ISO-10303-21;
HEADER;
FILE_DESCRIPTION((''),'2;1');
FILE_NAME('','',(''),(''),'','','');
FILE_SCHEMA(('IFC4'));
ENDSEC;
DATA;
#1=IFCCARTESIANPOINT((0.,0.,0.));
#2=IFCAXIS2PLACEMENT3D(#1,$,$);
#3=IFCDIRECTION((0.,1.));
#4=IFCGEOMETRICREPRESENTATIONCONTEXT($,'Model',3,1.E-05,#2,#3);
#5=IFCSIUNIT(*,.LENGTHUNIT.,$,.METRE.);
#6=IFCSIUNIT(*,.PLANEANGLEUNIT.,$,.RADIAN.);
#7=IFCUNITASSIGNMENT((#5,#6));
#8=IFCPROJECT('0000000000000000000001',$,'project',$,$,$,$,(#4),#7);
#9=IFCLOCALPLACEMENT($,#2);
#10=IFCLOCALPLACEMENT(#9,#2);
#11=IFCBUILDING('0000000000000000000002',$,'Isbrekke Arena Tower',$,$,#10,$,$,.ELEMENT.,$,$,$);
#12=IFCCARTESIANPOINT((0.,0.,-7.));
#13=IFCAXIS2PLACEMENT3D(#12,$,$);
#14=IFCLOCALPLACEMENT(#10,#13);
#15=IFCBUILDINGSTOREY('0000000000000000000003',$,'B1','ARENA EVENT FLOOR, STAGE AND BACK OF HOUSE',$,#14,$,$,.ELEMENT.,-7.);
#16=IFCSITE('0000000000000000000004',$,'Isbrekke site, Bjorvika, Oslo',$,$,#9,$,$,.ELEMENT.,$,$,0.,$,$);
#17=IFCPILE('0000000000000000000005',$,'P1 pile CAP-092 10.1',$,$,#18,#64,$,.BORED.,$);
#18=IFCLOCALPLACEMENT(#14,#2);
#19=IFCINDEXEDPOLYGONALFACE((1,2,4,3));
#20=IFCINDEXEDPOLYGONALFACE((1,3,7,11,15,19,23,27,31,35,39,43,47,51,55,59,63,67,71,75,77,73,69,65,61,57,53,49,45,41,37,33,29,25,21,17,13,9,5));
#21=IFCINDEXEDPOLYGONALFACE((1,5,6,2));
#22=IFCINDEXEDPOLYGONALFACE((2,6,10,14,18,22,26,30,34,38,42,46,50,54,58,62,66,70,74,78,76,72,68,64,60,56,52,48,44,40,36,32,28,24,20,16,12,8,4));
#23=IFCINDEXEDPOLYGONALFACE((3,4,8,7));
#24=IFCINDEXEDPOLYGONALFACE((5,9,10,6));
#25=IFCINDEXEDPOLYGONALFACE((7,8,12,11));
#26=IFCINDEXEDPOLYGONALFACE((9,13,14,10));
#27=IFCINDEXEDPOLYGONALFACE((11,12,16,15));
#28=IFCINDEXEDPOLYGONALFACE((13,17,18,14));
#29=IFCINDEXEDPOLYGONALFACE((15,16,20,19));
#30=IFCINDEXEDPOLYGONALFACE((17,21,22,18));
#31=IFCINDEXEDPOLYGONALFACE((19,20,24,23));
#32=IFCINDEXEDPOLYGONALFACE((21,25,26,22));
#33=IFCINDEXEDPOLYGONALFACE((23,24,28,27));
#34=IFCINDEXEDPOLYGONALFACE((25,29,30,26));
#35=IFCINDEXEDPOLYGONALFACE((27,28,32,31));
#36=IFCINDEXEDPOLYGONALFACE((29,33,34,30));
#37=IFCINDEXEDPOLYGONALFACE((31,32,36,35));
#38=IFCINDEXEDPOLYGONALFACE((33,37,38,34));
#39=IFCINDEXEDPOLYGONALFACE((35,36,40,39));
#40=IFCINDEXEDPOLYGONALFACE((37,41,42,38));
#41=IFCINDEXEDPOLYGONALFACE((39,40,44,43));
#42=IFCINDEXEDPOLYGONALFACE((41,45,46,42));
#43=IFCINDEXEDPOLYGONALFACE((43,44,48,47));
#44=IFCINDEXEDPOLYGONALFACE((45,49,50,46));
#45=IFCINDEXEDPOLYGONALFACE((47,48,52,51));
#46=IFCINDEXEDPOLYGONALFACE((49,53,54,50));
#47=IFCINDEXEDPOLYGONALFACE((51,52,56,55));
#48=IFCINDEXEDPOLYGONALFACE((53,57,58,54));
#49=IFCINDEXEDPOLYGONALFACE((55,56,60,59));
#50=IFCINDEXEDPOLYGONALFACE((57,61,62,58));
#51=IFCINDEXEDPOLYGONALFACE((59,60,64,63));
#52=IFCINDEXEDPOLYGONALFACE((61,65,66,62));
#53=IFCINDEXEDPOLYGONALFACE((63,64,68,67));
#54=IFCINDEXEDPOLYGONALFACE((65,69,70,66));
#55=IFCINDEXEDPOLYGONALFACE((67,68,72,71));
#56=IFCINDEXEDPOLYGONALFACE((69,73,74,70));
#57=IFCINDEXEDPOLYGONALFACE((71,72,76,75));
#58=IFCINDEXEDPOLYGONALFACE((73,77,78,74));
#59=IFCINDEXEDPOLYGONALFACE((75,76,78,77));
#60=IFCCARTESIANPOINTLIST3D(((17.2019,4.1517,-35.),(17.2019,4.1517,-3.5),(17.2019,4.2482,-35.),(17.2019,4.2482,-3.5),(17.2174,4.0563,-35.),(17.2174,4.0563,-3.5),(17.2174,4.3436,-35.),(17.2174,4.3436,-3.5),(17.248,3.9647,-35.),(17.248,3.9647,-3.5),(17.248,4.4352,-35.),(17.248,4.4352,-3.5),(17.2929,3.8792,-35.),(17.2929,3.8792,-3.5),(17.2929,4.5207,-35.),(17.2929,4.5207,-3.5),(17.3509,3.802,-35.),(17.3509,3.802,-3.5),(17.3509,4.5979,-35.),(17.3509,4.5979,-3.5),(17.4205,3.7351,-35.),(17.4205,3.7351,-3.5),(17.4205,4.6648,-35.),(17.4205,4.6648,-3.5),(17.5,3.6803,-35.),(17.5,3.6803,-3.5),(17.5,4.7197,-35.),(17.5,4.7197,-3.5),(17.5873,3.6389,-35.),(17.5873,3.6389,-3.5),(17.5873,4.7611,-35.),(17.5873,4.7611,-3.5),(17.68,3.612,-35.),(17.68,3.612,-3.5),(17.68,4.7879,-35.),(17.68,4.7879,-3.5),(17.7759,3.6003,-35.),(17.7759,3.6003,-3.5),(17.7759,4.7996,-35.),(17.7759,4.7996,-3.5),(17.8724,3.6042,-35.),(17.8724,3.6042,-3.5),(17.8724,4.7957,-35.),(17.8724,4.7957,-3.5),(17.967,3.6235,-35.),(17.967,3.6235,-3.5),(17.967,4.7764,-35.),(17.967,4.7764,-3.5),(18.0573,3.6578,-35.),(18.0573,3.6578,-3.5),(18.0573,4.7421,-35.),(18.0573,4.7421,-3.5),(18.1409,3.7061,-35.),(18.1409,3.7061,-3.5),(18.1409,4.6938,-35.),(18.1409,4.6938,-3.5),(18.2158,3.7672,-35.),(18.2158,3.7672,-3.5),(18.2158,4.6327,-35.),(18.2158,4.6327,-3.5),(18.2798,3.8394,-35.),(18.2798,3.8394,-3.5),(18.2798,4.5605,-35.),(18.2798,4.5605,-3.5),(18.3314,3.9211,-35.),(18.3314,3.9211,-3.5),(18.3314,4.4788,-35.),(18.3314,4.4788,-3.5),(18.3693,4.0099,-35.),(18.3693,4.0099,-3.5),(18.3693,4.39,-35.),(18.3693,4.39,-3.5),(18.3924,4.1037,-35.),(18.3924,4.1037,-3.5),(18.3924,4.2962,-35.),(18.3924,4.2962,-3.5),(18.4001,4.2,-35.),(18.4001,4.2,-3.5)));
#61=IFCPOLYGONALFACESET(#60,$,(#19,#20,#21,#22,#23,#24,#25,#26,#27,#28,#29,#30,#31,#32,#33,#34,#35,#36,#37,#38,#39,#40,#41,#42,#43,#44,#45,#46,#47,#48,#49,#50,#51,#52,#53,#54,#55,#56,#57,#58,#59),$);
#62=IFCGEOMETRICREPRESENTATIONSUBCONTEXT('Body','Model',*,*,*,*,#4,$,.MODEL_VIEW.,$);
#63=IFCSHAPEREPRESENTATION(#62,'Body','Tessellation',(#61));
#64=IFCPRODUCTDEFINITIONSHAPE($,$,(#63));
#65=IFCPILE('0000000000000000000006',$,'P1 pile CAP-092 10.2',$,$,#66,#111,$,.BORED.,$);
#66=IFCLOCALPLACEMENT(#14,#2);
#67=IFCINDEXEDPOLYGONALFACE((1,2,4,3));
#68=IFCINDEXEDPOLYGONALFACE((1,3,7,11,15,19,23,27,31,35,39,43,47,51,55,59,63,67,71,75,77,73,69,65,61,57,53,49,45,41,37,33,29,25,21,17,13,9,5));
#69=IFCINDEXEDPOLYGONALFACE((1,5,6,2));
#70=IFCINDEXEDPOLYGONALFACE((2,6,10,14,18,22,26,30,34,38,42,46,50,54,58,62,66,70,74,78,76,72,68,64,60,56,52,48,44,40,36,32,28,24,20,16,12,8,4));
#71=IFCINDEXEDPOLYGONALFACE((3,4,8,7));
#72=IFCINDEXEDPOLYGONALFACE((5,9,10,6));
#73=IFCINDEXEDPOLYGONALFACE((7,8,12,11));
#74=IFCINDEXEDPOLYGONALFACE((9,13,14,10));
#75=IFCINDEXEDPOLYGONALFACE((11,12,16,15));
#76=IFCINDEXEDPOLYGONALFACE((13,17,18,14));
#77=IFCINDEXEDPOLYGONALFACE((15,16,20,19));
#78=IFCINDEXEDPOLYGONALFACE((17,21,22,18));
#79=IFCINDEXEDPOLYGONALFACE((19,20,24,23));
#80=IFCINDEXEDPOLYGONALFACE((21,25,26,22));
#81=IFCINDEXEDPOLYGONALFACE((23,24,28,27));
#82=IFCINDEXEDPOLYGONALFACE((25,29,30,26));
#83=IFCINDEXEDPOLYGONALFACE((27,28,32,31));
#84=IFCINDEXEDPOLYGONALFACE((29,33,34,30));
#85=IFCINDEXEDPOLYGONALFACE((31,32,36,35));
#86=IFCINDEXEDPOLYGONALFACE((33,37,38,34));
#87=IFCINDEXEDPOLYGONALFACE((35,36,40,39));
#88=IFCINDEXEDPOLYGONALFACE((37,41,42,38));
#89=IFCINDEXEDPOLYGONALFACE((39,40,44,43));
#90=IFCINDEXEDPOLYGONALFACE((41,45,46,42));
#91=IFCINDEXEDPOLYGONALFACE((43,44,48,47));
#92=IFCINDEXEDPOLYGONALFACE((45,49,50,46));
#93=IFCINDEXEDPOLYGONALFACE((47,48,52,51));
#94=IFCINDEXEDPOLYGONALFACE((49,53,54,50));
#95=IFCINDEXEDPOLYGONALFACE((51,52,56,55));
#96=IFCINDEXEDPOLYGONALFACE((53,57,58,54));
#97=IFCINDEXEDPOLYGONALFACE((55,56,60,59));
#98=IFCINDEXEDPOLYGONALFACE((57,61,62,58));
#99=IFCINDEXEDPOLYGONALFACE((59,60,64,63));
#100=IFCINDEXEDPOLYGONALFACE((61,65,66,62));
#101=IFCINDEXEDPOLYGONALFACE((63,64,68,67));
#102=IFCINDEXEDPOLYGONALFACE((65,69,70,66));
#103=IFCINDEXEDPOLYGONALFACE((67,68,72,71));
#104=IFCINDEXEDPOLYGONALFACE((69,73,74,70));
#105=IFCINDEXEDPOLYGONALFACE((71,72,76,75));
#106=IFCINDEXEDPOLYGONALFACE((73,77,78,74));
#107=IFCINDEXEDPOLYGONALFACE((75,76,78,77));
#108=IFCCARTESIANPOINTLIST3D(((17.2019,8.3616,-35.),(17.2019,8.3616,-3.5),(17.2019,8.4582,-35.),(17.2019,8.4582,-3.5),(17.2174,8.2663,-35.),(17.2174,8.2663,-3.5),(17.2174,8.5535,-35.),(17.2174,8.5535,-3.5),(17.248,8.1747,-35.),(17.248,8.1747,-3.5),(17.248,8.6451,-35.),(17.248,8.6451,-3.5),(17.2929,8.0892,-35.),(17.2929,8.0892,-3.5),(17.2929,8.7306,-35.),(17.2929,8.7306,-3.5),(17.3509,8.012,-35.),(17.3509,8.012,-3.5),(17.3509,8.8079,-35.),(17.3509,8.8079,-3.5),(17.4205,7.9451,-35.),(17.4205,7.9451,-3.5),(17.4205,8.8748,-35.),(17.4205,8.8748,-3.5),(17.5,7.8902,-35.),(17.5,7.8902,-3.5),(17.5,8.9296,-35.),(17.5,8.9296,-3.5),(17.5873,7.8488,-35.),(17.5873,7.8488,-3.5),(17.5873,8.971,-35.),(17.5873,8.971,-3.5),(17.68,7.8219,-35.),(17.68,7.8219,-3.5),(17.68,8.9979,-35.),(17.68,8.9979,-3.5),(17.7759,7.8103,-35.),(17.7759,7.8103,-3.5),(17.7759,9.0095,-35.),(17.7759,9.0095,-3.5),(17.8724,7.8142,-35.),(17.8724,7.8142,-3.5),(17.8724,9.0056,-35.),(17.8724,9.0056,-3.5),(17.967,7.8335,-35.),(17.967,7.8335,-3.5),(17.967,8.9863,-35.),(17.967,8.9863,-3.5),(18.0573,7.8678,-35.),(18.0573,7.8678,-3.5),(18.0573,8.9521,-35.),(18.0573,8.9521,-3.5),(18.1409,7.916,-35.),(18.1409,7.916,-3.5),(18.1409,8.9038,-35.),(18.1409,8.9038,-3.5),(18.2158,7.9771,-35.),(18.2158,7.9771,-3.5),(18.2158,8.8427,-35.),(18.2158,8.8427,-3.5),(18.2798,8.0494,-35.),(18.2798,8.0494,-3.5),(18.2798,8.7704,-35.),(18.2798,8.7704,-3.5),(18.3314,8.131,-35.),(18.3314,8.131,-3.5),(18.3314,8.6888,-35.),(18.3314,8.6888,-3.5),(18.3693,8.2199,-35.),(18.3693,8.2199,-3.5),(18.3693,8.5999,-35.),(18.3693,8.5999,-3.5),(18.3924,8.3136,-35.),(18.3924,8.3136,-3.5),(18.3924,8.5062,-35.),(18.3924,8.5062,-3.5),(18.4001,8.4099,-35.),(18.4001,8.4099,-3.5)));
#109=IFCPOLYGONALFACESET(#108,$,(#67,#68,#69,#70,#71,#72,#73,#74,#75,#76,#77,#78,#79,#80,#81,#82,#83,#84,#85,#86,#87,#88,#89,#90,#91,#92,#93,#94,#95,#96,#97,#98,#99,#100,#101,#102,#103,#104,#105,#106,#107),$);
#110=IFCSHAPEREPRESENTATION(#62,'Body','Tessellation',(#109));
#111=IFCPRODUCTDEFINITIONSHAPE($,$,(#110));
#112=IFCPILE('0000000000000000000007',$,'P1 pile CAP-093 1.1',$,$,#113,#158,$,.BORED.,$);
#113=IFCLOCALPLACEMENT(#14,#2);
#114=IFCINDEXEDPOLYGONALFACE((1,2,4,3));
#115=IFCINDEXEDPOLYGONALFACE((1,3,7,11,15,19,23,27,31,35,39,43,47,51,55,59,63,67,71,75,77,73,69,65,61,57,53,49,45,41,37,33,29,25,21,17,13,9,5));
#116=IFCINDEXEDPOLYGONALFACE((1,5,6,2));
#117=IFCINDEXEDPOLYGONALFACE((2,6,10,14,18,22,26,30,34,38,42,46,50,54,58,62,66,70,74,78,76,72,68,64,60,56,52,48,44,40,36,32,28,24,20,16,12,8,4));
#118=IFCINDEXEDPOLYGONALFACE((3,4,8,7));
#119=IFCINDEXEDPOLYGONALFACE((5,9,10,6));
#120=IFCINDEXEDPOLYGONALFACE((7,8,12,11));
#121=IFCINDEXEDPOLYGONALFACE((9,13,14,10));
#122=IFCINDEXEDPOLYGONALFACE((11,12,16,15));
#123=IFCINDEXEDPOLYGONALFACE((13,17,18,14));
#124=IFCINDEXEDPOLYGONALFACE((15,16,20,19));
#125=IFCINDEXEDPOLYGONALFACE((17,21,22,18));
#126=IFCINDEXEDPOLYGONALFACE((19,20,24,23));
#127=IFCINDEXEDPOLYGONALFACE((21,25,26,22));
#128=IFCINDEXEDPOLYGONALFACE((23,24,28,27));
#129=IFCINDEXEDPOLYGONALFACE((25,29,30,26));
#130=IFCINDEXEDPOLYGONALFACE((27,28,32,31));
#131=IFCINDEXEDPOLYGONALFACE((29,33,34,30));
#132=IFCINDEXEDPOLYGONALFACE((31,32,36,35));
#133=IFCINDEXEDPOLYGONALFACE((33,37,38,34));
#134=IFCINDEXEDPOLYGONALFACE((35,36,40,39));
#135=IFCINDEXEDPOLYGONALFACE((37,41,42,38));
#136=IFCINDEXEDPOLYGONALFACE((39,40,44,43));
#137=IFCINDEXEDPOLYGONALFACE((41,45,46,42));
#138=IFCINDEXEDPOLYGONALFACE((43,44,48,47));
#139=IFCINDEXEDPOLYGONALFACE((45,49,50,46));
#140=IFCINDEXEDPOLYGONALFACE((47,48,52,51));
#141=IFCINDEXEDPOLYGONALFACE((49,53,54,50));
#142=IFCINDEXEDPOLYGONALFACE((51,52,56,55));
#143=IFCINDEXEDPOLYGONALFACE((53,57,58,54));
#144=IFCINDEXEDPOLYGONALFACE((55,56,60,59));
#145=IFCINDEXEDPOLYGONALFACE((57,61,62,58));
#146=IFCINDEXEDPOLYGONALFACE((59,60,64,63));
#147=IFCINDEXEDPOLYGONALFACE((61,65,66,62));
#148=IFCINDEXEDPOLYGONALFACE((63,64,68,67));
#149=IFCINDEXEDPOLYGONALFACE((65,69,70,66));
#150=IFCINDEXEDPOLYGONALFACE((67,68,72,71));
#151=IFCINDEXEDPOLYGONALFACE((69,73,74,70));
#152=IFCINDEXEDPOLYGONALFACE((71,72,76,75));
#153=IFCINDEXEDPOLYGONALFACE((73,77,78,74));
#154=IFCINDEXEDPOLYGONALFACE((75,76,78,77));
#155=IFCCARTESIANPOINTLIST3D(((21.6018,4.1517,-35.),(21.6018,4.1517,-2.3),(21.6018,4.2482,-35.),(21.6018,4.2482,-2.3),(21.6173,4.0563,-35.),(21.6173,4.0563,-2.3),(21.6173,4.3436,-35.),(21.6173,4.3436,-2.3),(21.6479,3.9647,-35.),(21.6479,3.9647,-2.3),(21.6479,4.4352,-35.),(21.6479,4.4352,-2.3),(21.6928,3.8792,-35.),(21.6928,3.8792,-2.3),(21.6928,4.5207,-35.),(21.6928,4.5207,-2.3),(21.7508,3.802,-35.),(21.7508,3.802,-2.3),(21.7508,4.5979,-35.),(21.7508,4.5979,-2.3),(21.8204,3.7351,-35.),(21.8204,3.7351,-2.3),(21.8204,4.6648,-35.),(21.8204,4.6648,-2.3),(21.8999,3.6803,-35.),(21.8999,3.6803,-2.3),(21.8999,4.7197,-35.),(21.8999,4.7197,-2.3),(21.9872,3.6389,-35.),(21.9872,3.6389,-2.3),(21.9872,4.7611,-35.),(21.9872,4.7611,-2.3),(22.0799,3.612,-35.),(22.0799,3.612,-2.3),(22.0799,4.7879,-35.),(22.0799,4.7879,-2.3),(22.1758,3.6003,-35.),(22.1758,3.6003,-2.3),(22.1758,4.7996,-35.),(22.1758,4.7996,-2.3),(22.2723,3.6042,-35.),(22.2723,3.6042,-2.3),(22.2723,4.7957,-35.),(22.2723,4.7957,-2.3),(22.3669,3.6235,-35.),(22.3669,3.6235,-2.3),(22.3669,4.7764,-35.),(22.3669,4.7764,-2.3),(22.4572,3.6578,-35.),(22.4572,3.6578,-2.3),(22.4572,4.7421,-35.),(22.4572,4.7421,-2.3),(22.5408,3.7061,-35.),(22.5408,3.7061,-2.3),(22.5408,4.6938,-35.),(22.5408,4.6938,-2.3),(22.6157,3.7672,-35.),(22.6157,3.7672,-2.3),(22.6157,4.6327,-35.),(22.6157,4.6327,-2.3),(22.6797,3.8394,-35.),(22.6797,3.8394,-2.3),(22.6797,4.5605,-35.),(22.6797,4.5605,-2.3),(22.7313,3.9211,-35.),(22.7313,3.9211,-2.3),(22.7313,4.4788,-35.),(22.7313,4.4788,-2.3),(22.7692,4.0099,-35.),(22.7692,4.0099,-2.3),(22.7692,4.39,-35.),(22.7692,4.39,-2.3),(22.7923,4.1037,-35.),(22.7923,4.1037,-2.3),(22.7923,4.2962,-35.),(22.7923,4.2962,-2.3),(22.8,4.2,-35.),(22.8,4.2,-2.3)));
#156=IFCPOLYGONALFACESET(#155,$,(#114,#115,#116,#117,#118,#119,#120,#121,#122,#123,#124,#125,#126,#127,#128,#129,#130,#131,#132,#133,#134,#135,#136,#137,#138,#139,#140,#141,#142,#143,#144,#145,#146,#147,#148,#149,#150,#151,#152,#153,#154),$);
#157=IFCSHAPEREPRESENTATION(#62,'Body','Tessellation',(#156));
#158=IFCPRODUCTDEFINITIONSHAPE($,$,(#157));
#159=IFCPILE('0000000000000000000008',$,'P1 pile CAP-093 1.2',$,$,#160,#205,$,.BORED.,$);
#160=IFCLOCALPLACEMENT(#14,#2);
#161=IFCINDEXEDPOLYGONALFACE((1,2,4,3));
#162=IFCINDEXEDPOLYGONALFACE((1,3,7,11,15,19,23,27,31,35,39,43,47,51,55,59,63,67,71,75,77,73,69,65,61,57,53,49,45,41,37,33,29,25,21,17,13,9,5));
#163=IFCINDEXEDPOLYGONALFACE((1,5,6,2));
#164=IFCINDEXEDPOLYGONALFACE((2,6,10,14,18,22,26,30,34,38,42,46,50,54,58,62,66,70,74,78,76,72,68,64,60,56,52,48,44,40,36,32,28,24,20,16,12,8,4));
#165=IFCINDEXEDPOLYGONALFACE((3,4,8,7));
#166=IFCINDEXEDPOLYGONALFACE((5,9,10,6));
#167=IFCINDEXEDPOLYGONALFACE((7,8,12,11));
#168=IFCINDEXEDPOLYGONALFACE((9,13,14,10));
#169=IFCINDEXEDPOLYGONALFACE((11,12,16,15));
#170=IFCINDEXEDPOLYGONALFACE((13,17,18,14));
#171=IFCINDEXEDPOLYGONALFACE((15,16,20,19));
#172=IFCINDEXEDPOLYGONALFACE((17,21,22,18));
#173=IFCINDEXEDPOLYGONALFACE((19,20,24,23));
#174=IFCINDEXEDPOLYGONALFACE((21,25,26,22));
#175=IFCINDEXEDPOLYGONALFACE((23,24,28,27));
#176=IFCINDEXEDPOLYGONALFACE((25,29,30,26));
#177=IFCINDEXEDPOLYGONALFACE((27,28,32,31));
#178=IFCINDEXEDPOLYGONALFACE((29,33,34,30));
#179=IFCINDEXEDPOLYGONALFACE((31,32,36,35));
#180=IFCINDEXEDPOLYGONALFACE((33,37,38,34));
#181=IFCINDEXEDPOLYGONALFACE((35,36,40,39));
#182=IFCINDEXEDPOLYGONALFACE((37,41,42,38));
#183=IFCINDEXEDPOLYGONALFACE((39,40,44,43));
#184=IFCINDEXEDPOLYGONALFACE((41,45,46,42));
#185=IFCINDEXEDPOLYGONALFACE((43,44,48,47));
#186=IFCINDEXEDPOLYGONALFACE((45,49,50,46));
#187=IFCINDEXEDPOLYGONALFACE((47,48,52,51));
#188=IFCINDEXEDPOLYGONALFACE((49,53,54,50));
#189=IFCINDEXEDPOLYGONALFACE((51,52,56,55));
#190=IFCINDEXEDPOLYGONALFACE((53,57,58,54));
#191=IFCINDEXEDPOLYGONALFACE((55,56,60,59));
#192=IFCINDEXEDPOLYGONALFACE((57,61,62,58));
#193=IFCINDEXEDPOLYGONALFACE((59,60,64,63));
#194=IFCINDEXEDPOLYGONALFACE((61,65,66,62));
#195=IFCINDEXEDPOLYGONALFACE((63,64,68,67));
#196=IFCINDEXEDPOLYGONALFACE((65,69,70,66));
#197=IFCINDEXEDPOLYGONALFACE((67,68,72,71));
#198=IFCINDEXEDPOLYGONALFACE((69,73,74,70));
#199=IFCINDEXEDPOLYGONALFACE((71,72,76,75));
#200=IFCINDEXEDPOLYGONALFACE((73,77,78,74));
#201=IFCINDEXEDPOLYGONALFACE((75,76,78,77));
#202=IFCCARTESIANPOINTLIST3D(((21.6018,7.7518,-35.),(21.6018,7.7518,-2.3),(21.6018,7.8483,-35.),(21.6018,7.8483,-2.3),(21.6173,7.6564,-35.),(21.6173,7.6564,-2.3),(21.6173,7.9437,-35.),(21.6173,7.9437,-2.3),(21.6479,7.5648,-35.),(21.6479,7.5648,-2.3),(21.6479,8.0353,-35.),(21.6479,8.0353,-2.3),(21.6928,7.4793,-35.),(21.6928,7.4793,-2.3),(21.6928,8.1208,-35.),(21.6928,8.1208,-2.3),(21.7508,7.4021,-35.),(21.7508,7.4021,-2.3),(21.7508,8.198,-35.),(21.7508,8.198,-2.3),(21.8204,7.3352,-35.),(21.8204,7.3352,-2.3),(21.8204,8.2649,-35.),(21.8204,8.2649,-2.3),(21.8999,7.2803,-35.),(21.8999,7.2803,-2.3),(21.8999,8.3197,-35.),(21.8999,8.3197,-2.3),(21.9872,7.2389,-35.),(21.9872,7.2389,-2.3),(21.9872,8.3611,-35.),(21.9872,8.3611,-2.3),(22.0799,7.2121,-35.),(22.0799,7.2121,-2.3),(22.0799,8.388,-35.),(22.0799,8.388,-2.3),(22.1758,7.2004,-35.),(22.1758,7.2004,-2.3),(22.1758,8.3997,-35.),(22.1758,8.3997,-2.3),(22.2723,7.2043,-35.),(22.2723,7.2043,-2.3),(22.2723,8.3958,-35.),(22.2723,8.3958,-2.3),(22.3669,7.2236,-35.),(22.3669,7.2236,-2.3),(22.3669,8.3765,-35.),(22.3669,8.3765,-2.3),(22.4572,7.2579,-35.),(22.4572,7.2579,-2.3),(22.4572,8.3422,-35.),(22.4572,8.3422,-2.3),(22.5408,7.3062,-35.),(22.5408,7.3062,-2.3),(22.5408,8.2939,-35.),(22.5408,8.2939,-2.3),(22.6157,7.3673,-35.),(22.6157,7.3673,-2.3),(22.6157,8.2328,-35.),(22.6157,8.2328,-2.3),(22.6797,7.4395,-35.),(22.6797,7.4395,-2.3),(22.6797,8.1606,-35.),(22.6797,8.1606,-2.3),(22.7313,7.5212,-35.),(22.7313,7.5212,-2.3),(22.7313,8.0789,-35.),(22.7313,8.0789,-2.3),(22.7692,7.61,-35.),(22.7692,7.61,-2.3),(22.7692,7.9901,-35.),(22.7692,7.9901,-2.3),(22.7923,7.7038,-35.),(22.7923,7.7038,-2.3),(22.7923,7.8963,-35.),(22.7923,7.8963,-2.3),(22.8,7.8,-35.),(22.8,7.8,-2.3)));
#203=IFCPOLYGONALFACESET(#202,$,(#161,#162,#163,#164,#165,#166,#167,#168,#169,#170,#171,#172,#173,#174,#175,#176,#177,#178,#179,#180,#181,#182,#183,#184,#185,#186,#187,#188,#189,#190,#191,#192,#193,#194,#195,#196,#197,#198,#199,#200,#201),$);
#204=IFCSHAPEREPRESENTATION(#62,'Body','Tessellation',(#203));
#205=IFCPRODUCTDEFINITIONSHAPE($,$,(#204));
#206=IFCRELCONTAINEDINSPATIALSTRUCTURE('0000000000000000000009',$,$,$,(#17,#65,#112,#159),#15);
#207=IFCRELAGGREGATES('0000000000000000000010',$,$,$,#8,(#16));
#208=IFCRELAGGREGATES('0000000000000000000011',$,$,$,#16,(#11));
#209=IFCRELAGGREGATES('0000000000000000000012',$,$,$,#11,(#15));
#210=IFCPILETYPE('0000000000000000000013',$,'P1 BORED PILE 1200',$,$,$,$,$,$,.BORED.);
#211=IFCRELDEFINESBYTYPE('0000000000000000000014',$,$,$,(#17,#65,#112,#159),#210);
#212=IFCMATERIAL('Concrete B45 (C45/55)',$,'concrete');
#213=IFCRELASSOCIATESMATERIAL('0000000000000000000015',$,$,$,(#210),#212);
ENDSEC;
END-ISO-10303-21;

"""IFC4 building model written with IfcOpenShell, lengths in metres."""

from ifc_helpers import new_model, si_unit, direction, frame, origin, origin_2d, place, context, subcontext, project, spatial, circle, extrude, material, material_profile, profile_set, type_object, element, save


model = new_model("IFC4")

# Units and contexts
model_context = context("Model", 3, precision=1e-05, world=origin(), true_north=direction((0.0, 1.0)))
body_context = subcontext(model_context, "Body", "Model", "MODEL_VIEW")
ifc_project = project(units=[si_unit("LENGTHUNIT", "METRE"), si_unit("PLANEANGLEUNIT", "RADIAN")], contexts=[model_context])

# Site, building, storey
site_placement = place(None, origin())
site = spatial("IfcSite", under=ifc_project, at=site_placement, Name="Isbrekke site, Bjorvika, Oslo", CompositionType="ELEMENT", RefElevation=0.0)
building_placement = place(site_placement, origin())
building = spatial("IfcBuilding", under=site, at=building_placement, Name="Isbrekke Arena Tower", CompositionType="ELEMENT")
storey_placement = place(building_placement, frame((0.0, 0.0, -7.0)))
storey = spatial("IfcBuildingStorey", under=building, at=storey_placement, Name="B1", Description="ARENA EVENT FLOOR, STAGE AND BACK OF HOUSE", CompositionType="ELEMENT", Elevation=-7.0)

# Piles
ifc_material_1 = material(Name="Concrete B45 (C45/55)", Category="concrete")
ifc_material_profile_1 = material_profile(ifc_material_1, circle(Radius=0.6001, at=origin_2d()), Name="BORED PILE D1200")
ifc_profile_set_1 = profile_set([ifc_material_profile_1], Name="Concrete B45 (C45/55)")
pile_type = type_object("IfcPileType", Name="P1 BORED PILE 1200", PredefinedType="BORED", material=ifc_profile_set_1)
for number, where, z_axis, x_axis, name in (
    (1, (17.8, 4.2, -3.5), (0.0, 0.0, -1.0), (1.0, 0.0, 0.0), "P1 pile CAP-092 10.1"),
    (2, (17.8, 8.4099, -3.5), (0.0, 0.0, -1.0), (1.0, 0.0, 0.0), "P1 pile CAP-092 10.2"),
):
    element("IfcPile", number, at=place(storey_placement, frame(where, z_axis=z_axis, x_axis=x_axis)), inside=storey, type_object=pile_type, Name=name, PredefinedType="BORED", context=body_context, shape_type="SweptSolid", body=[
        extrude(circle(Radius=0.6001, at=origin_2d()), origin(), (0.0, 0.0, 1.0), 31.5),
    ])
for number, where, z_axis, x_axis, name in (
    (3, (22.2, 4.2, -2.3), (0.0, 0.0, -1.0), (1.0, 0.0, 0.0), "P1 pile CAP-093 1.1"),
    (4, (22.2, 7.8, -2.3), (0.0, 0.0, -1.0), (1.0, 0.0, 0.0), "P1 pile CAP-093 1.2"),
):
    element("IfcPile", number, at=place(storey_placement, frame(where, z_axis=z_axis, x_axis=x_axis)), inside=storey, type_object=pile_type, Name=name, PredefinedType="BORED", context=body_context, shape_type="SweptSolid", body=[
        extrude(circle(Radius=0.6001, at=origin_2d()), origin(), (0.0, 0.0, 1.0), 32.7),
    ])

save(model, "model.ifc")
